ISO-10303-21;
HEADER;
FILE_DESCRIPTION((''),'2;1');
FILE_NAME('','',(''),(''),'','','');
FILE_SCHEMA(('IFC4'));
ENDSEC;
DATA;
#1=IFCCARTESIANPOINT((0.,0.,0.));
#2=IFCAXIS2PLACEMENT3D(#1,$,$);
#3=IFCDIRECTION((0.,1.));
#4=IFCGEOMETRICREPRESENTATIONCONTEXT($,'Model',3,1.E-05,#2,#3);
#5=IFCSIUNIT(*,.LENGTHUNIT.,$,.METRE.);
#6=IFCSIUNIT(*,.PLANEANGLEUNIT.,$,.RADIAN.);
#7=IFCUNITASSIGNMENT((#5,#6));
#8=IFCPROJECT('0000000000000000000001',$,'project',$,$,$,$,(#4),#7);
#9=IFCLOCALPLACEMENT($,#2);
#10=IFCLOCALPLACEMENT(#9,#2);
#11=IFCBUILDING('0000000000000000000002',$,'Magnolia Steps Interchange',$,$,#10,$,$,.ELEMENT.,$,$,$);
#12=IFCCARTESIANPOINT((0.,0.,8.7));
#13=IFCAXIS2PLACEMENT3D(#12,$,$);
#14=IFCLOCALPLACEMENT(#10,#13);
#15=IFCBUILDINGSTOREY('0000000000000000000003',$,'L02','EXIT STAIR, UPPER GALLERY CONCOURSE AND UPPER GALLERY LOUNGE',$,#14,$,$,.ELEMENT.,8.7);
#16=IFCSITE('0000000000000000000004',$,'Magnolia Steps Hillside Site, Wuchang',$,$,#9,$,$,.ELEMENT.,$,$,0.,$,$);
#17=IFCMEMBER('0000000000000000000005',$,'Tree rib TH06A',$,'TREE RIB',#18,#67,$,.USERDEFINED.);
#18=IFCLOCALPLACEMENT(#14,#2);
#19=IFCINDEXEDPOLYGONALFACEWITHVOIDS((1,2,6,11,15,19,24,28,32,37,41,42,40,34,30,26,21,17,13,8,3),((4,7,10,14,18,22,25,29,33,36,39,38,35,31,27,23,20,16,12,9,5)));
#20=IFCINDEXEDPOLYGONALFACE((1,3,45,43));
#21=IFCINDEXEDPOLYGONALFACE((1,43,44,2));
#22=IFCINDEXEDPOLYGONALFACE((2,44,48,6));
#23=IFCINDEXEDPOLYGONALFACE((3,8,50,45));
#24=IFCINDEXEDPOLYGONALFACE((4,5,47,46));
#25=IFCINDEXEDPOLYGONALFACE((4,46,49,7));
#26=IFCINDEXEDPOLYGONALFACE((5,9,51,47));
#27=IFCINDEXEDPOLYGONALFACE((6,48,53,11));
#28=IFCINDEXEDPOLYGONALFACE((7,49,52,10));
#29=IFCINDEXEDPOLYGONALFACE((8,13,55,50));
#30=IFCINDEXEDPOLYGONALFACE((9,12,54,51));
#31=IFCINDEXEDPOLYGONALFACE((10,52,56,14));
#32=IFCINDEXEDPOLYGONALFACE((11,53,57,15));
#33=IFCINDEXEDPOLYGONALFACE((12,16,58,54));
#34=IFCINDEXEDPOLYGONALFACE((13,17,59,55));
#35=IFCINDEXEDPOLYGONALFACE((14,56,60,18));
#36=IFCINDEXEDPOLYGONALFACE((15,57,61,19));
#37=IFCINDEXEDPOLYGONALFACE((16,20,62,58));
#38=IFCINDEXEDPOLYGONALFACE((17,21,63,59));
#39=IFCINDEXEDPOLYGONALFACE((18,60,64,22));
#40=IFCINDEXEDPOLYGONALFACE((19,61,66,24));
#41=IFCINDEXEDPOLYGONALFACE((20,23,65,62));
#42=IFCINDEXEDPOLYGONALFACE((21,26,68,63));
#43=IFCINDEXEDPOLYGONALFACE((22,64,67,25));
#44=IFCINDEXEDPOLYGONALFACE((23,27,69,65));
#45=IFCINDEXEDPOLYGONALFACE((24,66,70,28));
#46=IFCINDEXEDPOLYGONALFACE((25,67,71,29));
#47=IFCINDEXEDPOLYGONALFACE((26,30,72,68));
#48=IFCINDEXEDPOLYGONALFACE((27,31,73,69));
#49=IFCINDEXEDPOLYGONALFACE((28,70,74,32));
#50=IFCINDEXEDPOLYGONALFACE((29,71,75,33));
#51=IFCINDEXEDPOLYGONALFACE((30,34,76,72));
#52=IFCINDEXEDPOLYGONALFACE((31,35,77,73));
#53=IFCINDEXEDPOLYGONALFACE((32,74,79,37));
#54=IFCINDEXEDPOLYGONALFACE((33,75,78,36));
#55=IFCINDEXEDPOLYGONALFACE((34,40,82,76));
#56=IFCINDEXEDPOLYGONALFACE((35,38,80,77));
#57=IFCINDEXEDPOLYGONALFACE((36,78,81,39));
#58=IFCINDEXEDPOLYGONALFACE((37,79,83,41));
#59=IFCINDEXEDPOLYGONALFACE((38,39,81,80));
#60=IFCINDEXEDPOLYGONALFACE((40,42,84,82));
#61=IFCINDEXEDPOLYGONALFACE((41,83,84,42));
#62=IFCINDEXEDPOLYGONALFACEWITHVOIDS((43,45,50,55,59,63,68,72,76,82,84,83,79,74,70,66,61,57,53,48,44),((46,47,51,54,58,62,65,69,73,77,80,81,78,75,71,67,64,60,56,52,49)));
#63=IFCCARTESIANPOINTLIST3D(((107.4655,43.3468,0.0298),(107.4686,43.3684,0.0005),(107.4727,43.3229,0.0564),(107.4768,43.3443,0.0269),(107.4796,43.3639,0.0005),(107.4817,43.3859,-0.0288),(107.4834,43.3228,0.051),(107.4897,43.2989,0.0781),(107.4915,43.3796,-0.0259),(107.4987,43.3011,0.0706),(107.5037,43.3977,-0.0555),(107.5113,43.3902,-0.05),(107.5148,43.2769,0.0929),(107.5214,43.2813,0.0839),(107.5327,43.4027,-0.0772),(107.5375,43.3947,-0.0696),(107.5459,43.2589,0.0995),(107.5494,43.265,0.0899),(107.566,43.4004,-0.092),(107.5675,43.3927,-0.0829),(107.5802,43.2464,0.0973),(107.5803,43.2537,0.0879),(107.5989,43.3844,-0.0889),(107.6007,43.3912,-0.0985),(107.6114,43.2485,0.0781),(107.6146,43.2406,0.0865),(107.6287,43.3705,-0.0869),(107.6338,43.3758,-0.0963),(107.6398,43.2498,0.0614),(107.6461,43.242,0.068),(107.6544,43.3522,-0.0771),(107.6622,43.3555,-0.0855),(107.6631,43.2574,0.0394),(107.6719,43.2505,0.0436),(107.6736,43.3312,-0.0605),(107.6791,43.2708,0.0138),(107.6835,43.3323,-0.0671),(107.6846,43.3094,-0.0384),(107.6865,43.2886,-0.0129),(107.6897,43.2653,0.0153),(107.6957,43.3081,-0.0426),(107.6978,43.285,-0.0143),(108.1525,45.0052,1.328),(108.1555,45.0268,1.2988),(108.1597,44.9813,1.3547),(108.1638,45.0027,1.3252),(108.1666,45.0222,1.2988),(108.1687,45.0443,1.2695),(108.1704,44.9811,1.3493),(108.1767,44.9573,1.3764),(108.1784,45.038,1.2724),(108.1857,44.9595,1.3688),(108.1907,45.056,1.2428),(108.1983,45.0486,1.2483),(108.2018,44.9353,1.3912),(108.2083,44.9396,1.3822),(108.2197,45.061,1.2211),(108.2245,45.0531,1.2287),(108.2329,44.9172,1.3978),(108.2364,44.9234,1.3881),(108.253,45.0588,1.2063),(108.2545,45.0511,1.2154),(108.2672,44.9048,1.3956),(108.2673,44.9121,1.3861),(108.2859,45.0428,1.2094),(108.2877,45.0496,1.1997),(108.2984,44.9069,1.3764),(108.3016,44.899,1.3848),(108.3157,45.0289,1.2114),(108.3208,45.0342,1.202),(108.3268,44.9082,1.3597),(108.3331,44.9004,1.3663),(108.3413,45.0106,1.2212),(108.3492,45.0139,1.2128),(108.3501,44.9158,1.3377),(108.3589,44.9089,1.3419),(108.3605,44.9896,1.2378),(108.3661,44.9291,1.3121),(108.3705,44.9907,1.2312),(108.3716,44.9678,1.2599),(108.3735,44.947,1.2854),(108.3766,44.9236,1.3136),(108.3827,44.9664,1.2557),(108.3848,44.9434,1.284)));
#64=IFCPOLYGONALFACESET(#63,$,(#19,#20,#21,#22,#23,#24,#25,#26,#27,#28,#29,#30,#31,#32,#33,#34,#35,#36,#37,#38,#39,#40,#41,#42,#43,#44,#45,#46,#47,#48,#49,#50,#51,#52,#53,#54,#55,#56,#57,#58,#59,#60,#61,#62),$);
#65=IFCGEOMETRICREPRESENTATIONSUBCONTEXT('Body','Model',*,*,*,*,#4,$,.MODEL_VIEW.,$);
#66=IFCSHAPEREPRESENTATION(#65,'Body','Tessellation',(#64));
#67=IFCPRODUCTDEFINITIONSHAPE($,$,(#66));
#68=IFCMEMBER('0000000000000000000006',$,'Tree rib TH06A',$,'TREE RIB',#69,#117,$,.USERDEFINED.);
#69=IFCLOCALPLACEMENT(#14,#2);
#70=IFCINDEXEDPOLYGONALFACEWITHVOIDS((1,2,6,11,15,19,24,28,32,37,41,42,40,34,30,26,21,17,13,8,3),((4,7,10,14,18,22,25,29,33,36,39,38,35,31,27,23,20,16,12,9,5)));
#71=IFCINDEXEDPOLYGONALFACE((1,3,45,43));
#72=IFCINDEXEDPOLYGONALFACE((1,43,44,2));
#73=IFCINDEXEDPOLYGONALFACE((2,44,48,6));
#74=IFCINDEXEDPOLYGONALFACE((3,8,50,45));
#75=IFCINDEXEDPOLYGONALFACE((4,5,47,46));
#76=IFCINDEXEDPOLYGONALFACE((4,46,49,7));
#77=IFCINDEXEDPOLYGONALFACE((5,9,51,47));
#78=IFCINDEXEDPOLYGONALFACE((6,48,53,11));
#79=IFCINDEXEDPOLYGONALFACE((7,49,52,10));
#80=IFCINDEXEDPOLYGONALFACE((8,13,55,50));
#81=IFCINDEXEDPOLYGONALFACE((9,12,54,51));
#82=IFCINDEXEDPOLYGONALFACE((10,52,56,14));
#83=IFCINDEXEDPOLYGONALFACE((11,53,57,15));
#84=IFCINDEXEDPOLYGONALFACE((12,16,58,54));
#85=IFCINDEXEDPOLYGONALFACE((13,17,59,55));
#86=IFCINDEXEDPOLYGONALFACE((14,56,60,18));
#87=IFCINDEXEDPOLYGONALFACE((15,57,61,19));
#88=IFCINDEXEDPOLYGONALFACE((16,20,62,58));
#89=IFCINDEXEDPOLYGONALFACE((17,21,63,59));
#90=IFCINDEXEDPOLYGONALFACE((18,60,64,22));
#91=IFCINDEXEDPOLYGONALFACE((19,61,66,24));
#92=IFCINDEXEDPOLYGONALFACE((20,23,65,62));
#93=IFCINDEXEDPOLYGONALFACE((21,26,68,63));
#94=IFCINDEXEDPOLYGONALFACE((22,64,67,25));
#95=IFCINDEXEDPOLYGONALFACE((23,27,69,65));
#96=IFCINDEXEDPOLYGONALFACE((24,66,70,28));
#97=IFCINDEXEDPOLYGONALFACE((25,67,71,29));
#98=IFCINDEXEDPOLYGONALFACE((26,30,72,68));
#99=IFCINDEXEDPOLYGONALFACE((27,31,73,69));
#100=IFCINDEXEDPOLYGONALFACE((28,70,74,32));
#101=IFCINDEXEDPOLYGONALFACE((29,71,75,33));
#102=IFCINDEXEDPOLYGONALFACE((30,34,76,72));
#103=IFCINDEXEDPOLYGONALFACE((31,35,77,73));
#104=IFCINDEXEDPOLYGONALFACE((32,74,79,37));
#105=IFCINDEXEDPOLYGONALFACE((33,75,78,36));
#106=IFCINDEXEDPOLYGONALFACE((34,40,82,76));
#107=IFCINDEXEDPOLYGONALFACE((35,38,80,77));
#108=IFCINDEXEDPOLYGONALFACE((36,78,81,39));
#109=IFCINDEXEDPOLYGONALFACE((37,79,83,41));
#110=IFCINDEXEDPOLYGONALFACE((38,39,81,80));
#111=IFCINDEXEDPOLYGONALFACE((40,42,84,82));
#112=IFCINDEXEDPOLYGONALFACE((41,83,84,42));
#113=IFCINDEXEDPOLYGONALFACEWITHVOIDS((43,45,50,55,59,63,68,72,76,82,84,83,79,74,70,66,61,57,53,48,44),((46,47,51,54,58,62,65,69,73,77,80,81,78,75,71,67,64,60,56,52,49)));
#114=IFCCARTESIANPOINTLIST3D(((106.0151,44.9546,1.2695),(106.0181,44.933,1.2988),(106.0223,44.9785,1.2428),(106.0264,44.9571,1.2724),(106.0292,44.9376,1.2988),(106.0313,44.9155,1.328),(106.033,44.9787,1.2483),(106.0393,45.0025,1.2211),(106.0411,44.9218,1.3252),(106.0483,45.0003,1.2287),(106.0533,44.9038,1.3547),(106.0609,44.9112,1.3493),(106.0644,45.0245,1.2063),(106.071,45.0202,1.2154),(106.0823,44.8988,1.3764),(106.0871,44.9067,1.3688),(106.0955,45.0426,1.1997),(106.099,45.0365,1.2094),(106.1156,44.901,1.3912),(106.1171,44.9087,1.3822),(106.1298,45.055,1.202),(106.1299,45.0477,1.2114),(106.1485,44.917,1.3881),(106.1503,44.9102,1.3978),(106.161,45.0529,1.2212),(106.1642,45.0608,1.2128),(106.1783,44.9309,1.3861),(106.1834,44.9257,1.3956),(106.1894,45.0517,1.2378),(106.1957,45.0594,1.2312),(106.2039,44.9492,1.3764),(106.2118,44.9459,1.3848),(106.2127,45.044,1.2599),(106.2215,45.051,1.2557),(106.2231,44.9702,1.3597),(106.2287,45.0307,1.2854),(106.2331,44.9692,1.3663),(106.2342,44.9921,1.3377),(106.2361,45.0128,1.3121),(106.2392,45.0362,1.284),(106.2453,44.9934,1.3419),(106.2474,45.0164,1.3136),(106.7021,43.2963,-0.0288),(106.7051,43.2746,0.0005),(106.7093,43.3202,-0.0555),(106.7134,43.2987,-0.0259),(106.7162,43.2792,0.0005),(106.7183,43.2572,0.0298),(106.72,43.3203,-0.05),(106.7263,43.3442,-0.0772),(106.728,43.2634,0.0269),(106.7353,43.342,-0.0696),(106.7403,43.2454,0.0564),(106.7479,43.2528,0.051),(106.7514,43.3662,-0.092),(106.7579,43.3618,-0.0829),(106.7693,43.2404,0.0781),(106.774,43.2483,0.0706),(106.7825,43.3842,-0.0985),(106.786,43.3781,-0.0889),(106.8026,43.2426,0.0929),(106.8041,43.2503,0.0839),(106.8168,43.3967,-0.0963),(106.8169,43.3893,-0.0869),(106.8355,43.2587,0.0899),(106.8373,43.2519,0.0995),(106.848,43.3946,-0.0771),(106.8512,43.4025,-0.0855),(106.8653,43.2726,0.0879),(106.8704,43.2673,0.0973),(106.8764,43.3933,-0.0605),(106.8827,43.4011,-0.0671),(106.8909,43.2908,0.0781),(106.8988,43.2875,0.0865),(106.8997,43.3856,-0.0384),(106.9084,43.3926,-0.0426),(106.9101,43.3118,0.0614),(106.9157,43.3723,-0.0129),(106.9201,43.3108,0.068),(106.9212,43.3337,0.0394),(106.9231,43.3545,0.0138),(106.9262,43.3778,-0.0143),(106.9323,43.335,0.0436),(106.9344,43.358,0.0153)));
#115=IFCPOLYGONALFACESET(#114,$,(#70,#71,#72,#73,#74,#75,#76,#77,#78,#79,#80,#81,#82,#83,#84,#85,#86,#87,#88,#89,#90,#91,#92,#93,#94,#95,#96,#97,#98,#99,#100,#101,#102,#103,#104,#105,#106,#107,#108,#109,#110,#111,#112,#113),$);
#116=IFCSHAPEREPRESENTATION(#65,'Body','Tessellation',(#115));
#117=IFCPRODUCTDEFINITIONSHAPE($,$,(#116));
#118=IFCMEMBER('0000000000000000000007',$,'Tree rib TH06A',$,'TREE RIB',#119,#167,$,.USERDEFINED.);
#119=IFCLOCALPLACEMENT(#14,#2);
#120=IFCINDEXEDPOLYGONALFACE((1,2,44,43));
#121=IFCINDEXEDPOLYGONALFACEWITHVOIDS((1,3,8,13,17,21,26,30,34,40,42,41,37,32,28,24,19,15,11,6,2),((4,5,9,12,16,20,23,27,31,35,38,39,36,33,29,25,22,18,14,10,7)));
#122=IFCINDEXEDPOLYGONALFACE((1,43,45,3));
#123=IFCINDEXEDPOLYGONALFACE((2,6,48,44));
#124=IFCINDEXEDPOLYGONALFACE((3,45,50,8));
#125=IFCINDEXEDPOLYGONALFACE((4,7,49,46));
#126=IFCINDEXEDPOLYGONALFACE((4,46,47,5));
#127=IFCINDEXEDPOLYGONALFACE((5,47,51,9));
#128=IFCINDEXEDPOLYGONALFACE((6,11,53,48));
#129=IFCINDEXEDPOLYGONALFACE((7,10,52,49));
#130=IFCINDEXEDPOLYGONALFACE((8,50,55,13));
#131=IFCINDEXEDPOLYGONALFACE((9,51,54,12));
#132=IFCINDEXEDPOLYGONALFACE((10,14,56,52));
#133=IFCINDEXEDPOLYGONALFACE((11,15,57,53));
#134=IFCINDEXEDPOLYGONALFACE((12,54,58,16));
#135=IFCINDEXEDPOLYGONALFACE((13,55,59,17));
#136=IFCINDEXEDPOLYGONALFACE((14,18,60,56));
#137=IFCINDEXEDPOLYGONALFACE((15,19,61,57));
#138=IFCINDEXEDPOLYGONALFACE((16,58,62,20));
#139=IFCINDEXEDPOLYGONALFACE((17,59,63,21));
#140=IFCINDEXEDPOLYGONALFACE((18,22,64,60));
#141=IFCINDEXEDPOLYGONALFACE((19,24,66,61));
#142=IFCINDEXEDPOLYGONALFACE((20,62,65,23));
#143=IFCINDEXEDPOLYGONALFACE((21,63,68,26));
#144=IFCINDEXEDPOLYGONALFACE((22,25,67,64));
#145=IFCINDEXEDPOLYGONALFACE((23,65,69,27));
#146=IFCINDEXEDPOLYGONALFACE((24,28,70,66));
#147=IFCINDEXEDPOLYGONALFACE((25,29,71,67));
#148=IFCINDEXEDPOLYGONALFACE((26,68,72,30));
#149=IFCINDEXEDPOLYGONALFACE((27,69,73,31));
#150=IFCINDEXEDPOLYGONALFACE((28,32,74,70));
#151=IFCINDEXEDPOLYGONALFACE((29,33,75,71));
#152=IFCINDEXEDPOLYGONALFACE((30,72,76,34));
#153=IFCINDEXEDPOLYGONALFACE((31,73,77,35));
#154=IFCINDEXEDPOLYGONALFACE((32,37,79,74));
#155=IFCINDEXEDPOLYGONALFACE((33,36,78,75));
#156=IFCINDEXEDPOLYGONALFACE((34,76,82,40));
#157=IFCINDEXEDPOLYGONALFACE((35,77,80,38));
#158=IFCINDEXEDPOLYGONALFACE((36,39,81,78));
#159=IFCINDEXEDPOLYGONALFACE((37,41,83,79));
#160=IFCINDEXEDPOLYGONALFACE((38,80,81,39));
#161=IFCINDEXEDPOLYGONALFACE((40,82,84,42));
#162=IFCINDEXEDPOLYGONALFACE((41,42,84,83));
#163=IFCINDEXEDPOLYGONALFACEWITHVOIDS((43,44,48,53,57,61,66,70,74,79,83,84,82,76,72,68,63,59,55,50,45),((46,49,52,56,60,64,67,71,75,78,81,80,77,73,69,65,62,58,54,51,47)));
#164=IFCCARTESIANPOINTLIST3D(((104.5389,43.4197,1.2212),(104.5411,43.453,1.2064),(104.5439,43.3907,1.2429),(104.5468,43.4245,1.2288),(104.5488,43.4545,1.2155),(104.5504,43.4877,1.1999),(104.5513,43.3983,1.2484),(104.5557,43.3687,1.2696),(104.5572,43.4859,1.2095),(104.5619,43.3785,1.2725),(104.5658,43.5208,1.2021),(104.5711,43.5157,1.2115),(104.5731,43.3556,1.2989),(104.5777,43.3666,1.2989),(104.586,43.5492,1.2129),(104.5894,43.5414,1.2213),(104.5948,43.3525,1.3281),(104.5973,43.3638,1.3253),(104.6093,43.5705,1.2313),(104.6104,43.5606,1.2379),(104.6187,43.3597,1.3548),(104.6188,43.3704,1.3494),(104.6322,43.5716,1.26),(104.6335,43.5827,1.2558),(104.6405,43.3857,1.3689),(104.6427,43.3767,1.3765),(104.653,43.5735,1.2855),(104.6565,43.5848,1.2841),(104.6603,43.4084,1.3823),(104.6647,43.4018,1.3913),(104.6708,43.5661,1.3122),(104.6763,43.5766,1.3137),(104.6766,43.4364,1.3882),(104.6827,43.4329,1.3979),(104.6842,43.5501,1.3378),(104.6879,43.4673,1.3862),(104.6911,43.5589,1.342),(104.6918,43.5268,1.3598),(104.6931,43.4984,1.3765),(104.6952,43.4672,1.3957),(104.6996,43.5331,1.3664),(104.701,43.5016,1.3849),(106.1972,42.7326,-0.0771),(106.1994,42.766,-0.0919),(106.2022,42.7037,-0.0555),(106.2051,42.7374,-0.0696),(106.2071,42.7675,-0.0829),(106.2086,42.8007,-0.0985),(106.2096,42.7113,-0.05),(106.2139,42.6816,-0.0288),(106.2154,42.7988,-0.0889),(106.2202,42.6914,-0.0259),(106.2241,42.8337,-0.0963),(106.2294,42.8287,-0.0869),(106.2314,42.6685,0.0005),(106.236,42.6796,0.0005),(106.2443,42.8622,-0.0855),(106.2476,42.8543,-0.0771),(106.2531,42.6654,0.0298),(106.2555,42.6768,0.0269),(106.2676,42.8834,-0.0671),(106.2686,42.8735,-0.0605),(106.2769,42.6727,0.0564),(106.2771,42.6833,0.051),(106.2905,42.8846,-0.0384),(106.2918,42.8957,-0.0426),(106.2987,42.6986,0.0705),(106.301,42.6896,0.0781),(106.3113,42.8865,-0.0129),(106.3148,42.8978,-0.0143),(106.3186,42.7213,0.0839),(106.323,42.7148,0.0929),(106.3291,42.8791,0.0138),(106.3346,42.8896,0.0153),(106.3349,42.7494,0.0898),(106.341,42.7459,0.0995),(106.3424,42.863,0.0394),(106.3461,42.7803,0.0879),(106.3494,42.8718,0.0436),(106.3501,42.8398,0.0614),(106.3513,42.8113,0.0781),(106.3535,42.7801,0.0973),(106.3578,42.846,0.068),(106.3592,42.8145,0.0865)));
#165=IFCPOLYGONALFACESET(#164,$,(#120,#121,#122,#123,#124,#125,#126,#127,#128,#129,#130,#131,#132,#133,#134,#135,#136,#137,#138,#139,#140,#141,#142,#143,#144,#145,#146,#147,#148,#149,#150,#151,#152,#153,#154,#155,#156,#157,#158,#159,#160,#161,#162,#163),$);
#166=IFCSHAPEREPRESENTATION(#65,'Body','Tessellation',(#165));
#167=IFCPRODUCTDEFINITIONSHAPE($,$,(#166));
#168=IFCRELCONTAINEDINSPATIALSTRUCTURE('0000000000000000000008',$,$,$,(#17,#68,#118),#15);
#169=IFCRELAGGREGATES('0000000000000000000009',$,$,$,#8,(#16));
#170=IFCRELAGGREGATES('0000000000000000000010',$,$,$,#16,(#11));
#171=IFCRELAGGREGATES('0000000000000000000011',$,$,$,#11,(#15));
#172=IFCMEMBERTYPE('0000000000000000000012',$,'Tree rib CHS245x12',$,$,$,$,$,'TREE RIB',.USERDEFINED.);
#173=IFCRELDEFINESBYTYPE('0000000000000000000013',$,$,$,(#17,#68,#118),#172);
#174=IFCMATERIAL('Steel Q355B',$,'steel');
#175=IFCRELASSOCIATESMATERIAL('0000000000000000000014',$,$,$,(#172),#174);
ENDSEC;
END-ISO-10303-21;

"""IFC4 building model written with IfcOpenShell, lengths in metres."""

from ifc_helpers import new_model, si_unit, direction, frame, origin, origin_2d, place, context, subcontext, project, spatial, hollow_circle, extrude, material, material_profile, profile_set, type_object, element, save


model = new_model("IFC4")

# Units and contexts
model_context = context("Model", 3, precision=1e-05, world=origin(), true_north=direction((0.0, 1.0)))
body_context = subcontext(model_context, "Body", "Model", "MODEL_VIEW")
ifc_project = project(units=[si_unit("LENGTHUNIT", "METRE"), si_unit("PLANEANGLEUNIT", "RADIAN")], contexts=[model_context])

# Site, building, storey
site_placement = place(None, origin())
site = spatial("IfcSite", under=ifc_project, at=site_placement, Name="Magnolia Steps Hillside Site, Wuchang", CompositionType="ELEMENT", RefElevation=0.0)
building_placement = place(site_placement, origin())
building = spatial("IfcBuilding", under=site, at=building_placement, Name="Magnolia Steps Interchange", CompositionType="ELEMENT")
storey_placement = place(building_placement, frame((0.0, 0.0, 8.7)))
storey = spatial("IfcBuildingStorey", under=building, at=storey_placement, Name="L02", Description="EXIT STAIR, UPPER GALLERY CONCOURSE AND UPPER GALLERY LOUNGE", CompositionType="ELEMENT", Elevation=8.7)

# Members
ifc_material_1 = material(Name="Steel Q355B", Category="steel")
ifc_material_profile_1 = material_profile(ifc_material_1, hollow_circle(Radius=0.1226, WallThickness=0.012, at=origin_2d()), Name="CHS245x12")
ifc_profile_set_1 = profile_set([ifc_material_profile_1], Name="Steel Q355B")
member_type = type_object("IfcMemberType", Name="Tree rib CHS245x12", ElementType="TREE RIB", PredefinedType="USERDEFINED", material=ifc_profile_set_1)
for number, where, z_axis, x_axis, name in (
    (1, (107.5818, 43.3215, 0.0005), (0.310103, 0.74859, 0.586045), (-0.923868, 0.382712, 0.0), "Tree rib TH06A"),
    (2, (106.8184, 43.3215, 0.0005), (-0.310103, 0.74859, 0.586045), (-0.923868, -0.382712, 0.0), "Tree rib TH06A"),
    (3, (106.2783, 42.7817, 0.0005), (-0.748542, 0.310129, 0.586093), (-0.38276, -0.923848, 0.0), "Tree rib TH06A"),
):
    element("IfcMember", number, at=place(storey_placement, frame(where, z_axis=z_axis, x_axis=x_axis)), inside=storey, type_object=member_type, Name=name, ObjectType="TREE RIB", PredefinedType="USERDEFINED", context=body_context, shape_type="SweptSolid", body=[
        extrude(hollow_circle(Radius=0.1226, WallThickness=0.012, at=origin_2d()), origin(), (0.0, 0.0, 1.0), 2.2153),
    ])

save(model, "model.ifc")
